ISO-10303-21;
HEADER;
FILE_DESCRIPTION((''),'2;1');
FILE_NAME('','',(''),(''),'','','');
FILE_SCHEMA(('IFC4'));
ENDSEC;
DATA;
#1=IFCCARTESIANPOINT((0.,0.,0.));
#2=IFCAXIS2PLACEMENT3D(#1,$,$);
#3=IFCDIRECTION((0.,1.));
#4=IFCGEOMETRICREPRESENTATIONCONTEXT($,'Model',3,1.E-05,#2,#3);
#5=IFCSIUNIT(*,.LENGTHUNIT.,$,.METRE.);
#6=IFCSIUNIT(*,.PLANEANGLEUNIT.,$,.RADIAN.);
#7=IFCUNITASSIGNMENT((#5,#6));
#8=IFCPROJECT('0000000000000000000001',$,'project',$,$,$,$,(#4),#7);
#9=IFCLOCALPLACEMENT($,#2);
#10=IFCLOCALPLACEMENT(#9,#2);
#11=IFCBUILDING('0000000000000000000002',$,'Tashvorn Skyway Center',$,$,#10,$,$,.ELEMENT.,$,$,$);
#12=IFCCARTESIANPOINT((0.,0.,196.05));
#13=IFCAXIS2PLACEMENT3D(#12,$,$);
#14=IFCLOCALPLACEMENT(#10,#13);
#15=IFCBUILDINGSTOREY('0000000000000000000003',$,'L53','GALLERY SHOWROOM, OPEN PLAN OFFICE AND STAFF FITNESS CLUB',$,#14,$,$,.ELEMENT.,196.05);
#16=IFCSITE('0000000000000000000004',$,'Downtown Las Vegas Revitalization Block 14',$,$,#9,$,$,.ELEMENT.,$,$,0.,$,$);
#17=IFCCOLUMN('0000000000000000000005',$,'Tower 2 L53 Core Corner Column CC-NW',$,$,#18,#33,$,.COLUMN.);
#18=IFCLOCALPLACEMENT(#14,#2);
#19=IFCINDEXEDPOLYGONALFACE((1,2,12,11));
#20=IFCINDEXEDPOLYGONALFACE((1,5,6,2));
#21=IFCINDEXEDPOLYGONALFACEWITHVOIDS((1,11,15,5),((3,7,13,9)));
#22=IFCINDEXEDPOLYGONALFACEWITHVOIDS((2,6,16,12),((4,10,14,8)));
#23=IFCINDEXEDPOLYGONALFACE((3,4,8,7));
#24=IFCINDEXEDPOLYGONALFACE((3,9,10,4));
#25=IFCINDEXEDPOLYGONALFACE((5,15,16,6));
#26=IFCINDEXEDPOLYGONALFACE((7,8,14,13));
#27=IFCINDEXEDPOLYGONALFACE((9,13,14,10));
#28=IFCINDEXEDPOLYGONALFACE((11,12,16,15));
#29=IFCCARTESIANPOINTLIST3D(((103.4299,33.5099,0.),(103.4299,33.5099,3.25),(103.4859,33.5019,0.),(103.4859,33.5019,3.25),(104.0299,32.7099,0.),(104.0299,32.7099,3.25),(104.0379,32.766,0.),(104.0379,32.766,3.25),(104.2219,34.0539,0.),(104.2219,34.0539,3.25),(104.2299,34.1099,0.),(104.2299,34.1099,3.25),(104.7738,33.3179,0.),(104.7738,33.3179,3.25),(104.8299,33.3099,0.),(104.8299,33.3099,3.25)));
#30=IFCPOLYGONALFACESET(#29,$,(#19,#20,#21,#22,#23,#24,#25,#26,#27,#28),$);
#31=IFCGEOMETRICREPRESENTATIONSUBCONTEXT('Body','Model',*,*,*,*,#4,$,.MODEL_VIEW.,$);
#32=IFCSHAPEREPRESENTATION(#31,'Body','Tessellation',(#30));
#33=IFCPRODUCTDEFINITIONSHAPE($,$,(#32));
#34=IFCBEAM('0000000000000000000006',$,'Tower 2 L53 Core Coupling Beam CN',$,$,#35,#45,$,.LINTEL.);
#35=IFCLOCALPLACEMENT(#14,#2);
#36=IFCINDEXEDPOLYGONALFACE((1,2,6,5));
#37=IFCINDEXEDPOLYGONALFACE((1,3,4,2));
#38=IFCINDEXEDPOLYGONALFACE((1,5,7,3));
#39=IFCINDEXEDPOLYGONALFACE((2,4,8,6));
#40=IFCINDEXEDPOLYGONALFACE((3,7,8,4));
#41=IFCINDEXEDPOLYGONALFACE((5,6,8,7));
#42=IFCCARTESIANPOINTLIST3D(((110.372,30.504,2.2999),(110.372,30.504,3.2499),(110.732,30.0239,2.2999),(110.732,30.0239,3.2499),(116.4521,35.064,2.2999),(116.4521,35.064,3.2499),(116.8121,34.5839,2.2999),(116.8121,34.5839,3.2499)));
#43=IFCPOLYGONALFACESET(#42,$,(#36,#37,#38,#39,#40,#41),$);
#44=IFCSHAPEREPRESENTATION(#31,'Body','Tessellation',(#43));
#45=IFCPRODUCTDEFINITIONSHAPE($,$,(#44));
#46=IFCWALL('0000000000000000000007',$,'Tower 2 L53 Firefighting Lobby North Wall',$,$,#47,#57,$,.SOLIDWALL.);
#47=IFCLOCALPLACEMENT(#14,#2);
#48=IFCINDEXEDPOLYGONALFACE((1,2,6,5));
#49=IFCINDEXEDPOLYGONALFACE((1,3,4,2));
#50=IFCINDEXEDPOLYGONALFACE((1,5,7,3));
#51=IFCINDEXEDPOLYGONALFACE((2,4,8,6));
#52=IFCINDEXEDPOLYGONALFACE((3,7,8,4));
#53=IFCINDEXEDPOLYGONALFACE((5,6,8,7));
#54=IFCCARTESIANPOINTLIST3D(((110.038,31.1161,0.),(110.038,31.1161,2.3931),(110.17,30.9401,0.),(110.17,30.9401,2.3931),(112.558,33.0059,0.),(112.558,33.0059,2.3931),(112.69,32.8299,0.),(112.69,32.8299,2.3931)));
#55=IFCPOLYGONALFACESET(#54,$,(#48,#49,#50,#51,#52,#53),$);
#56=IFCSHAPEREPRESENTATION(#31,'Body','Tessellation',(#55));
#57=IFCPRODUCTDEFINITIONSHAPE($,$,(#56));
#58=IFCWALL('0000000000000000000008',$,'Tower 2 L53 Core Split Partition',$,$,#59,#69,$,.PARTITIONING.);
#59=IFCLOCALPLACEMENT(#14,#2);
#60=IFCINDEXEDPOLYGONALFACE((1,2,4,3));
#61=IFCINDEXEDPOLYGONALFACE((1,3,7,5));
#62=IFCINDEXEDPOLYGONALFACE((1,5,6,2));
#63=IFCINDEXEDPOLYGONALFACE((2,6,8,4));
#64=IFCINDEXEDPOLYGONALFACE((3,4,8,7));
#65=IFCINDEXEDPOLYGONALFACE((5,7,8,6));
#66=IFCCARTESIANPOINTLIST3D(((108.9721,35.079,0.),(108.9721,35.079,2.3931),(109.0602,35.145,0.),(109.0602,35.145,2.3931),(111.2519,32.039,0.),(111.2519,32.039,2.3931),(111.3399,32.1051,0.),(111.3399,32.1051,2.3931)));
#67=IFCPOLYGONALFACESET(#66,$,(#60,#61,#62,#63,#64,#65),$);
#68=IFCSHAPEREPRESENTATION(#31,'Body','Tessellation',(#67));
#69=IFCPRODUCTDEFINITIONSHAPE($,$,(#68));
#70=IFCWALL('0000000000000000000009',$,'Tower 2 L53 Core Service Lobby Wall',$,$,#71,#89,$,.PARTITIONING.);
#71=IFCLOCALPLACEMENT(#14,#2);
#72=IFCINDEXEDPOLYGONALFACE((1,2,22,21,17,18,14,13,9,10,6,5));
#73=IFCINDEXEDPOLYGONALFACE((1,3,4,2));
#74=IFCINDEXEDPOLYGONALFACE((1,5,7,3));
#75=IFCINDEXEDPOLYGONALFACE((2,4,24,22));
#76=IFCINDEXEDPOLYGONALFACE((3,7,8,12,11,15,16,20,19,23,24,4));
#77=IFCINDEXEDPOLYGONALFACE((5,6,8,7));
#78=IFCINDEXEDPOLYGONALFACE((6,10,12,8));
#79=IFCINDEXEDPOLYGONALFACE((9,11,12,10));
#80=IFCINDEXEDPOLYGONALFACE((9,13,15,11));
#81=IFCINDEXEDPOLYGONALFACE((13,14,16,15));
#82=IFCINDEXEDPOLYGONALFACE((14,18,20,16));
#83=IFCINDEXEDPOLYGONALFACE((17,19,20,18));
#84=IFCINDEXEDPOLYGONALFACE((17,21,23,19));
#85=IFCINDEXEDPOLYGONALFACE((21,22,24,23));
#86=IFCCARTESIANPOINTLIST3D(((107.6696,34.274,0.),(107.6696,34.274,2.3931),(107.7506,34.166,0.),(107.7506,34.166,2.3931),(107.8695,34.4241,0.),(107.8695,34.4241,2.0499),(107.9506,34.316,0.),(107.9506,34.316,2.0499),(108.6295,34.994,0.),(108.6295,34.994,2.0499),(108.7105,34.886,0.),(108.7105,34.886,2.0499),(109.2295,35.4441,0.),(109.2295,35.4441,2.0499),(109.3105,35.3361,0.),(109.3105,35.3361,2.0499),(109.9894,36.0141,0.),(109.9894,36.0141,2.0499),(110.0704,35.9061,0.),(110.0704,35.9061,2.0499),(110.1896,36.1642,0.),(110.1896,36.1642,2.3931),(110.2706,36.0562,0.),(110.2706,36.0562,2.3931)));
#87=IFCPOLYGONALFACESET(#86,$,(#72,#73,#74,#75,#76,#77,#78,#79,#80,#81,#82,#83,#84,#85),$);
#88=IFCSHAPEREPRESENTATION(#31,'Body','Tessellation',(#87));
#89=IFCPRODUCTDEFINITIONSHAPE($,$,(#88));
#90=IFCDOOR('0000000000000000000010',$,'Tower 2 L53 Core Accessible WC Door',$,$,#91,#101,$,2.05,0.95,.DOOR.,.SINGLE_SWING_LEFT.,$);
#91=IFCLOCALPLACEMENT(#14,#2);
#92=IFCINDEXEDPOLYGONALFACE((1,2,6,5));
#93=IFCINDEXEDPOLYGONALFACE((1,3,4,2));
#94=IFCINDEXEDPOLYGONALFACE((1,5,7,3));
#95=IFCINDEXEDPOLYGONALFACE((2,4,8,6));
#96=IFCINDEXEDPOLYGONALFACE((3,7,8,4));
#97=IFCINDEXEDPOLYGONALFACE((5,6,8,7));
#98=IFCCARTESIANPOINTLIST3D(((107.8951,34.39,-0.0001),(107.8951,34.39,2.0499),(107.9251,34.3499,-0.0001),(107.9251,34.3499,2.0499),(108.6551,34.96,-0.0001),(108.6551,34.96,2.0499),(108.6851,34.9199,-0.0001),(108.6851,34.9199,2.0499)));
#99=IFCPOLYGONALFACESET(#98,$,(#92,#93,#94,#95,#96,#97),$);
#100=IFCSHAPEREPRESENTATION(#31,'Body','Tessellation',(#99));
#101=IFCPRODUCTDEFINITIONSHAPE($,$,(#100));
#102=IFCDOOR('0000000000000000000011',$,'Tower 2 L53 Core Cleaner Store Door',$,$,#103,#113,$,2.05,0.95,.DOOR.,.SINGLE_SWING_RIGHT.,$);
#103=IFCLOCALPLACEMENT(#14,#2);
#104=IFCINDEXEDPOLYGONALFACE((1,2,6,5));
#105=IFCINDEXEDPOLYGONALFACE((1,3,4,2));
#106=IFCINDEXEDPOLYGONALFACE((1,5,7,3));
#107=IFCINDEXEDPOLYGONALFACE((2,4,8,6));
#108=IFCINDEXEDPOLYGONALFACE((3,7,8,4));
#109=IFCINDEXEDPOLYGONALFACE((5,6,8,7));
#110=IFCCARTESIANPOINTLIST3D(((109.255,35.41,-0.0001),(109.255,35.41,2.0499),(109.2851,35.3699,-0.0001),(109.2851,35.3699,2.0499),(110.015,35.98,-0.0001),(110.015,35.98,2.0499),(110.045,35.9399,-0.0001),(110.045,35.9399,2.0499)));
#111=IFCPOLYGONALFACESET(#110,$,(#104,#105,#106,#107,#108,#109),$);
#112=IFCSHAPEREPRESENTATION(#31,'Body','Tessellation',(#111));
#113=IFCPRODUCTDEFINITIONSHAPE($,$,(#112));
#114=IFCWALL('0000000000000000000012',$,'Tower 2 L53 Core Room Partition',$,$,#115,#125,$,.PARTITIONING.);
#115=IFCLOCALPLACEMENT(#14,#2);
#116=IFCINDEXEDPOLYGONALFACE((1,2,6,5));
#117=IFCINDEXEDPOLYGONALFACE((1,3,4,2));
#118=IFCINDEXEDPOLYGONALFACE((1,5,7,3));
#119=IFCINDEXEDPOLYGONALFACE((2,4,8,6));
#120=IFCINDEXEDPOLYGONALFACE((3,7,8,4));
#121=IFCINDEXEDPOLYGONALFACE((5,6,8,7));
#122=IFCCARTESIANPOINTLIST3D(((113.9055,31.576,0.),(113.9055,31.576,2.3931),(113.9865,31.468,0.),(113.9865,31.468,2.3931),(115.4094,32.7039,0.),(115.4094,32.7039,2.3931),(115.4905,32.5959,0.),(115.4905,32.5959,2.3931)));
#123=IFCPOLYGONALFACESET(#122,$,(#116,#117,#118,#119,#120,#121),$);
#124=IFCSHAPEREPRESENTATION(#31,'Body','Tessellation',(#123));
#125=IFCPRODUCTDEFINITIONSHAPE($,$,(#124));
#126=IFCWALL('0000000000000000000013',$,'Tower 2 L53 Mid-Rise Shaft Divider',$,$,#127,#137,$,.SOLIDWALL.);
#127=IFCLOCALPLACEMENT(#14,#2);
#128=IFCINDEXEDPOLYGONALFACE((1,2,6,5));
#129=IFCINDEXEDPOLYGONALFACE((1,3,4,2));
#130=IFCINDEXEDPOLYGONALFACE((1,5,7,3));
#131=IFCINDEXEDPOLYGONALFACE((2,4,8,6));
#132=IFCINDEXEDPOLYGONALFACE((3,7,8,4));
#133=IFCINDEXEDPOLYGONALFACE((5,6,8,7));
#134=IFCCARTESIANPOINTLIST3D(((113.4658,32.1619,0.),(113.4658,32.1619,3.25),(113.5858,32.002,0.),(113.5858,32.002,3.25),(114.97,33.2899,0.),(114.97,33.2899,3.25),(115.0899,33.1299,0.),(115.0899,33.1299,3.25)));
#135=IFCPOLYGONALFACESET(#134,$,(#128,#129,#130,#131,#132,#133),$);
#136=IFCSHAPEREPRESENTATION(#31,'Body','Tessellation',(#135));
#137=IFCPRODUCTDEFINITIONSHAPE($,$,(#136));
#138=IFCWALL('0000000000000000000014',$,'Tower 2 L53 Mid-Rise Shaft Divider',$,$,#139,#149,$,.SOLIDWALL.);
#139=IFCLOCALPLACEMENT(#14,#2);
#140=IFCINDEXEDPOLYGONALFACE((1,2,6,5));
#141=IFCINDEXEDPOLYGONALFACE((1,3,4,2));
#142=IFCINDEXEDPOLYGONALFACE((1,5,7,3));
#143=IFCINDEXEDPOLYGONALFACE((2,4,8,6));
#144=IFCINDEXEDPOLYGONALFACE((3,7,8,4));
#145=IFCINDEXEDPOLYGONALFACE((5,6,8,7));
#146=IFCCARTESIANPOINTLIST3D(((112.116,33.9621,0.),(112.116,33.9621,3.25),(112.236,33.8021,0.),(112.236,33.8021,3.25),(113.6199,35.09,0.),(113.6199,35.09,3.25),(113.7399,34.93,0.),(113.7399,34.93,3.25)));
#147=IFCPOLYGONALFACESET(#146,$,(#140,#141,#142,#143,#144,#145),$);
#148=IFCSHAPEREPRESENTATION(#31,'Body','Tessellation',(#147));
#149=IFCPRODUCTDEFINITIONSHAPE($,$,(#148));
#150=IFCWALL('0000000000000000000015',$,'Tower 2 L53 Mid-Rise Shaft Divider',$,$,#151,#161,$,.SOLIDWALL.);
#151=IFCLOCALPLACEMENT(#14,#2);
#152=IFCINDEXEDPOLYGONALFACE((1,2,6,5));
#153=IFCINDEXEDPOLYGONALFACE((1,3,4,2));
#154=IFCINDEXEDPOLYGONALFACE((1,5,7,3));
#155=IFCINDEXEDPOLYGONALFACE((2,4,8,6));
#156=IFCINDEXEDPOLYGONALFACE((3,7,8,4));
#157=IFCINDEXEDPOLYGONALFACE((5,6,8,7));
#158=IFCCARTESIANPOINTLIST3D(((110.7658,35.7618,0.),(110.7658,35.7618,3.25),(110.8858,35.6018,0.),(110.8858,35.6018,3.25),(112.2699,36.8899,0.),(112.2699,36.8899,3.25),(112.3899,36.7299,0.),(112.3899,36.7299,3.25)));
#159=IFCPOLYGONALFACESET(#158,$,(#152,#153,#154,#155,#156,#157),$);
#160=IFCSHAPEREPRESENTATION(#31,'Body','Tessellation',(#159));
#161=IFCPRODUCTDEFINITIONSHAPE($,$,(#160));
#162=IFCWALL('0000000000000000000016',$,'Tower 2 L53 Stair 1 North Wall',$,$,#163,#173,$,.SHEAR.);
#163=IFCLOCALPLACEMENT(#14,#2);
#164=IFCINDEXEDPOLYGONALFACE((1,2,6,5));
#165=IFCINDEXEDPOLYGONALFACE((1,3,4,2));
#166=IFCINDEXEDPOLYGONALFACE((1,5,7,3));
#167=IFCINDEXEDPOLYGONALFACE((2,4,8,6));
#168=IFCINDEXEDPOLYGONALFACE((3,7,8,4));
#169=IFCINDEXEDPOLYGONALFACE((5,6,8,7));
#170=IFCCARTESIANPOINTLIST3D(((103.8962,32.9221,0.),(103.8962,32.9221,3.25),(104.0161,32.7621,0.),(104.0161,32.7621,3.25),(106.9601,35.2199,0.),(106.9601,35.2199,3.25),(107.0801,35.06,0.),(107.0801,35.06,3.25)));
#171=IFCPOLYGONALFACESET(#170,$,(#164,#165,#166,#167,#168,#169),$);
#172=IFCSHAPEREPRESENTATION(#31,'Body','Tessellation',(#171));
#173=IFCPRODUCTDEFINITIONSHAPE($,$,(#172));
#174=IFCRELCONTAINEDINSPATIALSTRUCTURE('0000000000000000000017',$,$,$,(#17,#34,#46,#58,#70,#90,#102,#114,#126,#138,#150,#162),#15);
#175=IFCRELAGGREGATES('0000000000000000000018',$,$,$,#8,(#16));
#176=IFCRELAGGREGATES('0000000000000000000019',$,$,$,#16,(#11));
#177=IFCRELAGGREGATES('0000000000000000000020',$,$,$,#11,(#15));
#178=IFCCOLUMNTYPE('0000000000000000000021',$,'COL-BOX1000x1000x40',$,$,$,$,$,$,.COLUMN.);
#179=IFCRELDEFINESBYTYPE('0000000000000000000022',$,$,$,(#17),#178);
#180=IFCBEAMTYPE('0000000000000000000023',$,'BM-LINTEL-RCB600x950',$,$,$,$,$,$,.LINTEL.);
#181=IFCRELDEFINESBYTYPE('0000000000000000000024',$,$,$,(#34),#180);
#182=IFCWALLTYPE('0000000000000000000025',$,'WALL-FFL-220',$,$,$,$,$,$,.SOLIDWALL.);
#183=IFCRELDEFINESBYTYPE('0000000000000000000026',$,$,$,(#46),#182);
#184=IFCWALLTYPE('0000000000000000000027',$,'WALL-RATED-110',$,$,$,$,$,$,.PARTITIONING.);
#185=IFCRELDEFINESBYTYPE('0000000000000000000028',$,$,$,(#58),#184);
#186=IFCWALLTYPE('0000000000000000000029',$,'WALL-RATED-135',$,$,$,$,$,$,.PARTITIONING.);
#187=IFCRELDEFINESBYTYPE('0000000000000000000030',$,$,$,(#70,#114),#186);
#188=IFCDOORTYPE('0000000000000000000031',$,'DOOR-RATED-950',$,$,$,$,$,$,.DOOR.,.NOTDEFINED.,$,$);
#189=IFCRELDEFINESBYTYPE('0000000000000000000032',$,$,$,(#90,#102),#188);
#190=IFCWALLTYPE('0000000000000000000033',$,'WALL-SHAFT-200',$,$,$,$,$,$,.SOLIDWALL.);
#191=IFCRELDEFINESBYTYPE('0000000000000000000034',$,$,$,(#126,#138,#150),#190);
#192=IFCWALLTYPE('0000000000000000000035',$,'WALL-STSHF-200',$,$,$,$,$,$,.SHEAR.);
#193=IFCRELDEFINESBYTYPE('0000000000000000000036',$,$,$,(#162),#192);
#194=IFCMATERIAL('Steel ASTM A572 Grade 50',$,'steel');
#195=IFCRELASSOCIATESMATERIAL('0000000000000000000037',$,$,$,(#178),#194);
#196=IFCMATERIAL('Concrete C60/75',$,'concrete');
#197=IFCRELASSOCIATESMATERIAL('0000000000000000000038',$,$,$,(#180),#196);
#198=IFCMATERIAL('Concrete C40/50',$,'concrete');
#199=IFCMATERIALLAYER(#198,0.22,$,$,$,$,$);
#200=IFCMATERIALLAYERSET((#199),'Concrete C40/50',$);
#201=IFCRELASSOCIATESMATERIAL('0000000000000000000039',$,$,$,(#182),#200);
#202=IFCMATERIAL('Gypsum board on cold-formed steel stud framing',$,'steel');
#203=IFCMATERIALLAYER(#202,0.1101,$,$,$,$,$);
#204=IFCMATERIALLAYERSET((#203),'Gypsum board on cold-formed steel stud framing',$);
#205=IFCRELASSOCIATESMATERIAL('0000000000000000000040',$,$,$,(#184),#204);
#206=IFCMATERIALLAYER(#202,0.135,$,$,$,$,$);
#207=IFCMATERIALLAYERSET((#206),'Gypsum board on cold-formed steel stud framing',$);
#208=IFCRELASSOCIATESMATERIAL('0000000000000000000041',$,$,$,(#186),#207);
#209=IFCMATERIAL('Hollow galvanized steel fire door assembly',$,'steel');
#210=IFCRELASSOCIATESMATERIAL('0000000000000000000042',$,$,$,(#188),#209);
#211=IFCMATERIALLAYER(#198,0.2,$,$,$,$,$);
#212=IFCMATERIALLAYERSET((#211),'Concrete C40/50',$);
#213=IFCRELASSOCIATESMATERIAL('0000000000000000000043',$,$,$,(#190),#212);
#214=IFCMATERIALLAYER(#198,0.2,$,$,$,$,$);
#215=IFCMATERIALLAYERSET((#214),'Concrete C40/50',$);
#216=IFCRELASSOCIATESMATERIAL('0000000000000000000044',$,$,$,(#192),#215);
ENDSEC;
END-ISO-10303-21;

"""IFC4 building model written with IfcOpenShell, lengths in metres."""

from ifc_helpers import new_model, si_unit, direction, frame, frame_2d, origin, origin_2d, place, context, subcontext, project, spatial, rectangle, hollow_rectangle, extrude, material, layer, layer_set, material_profile, profile_set, type_object, element, fill, save


model = new_model("IFC4")

# Units and contexts
model_context = context("Model", 3, precision=1e-05, world=origin(), true_north=direction((0.0, 1.0)))
body_context = subcontext(model_context, "Body", "Model", "MODEL_VIEW")
ifc_project = project(units=[si_unit("LENGTHUNIT", "METRE"), si_unit("PLANEANGLEUNIT", "RADIAN")], contexts=[model_context])

# Site, building, storey
site_placement = place(None, origin())
site = spatial("IfcSite", under=ifc_project, at=site_placement, Name="Downtown Las Vegas Revitalization Block 14", CompositionType="ELEMENT", RefElevation=0.0)
building_placement = place(site_placement, origin())
building = spatial("IfcBuilding", under=site, at=building_placement, Name="Tashvorn Skyway Center", CompositionType="ELEMENT")
storey_placement = place(building_placement, frame((0.0, 0.0, 196.05)))
storey = spatial("IfcBuildingStorey", under=building, at=storey_placement, Name="L53", Description="GALLERY SHOWROOM, OPEN PLAN OFFICE AND STAFF FITNESS CLUB", CompositionType="ELEMENT", Elevation=196.05)

# Column
ifc_material_1 = material(Name="Steel ASTM A572 Grade 50", Category="steel")
ifc_material_profile_1 = material_profile(ifc_material_1, hollow_rectangle(XDim=1.0, YDim=1.0, WallThickness=0.04, at=origin_2d()), Name="BOX1000x1000x40")
ifc_profile_set_1 = profile_set([ifc_material_profile_1], Name="Steel ASTM A572 Grade 50")
column_type = type_object("IfcColumnType", Name="COL-BOX1000x1000x40", PredefinedType="COLUMN", material=ifc_profile_set_1)
column_placement = place(storey_placement, frame((104.1299, 33.4099, 0.0), z_axis=(0.0, 0.0, 1.0), x_axis=(0.8, 0.6, 0.0)))
element("IfcColumn", 1, at=column_placement, inside=storey, type_object=column_type, Name="Tower 2 L53 Core Corner Column CC-NW", PredefinedType="COLUMN", context=body_context, shape_type="SweptSolid", body=[
    extrude(hollow_rectangle(XDim=1.0, YDim=1.0, WallThickness=0.04, at=origin_2d()), origin(), (0.0, 0.0, 1.0), 3.25),
])

# Beam
ifc_material_2 = material(Name="Concrete C60/75", Category="concrete")
ifc_material_profile_2 = material_profile(ifc_material_2, rectangle(XDim=0.6001, YDim=0.95, at=origin_2d()), Name="RCB600x950")
ifc_profile_set_2 = profile_set([ifc_material_profile_2], Name="Concrete C60/75")
beam_type = type_object("IfcBeamType", Name="BM-LINTEL-RCB600x950", PredefinedType="LINTEL", material=ifc_profile_set_2)
beam_placement = place(storey_placement, frame((110.552, 30.2639, 2.7749), z_axis=(0.8, 0.6, 0.0), x_axis=(-0.6, 0.8, 0.0)))
element("IfcBeam", 2, at=beam_placement, inside=storey, type_object=beam_type, Name="Tower 2 L53 Core Coupling Beam CN", PredefinedType="LINTEL", context=body_context, shape_type="SweptSolid", body=[
    extrude(rectangle(XDim=0.6001, YDim=0.95, at=origin_2d()), origin(), (0.0, 0.0, 1.0), 7.6001),
])

# Walls
ifc_material_3 = material(Name="Concrete C40/50", Category="concrete")
ifc_layer_1 = layer(ifc_material_3, 0.22)
ifc_layer_set_1 = layer_set([ifc_layer_1], Name="Concrete C40/50")
wall_type_1 = type_object("IfcWallType", Name="WALL-FFL-220", PredefinedType="SOLIDWALL", material=ifc_layer_set_1)
wall_1_placement = place(storey_placement, frame((110.104, 31.0281, 0.0), z_axis=(0.0, 0.0, 1.0), x_axis=(0.800019, 0.599975, 0.0)))
element("IfcWall", 3, at=wall_1_placement, inside=storey, type_object=wall_type_1, Name="Tower 2 L53 Firefighting Lobby North Wall", PredefinedType="SOLIDWALL", context=body_context, shape_type="SweptSolid", body=[
    extrude(rectangle(XDim=3.1499, YDim=0.22, at=frame_2d((1.575, 0.0))), origin(), (0.0, 0.0, 1.0), 2.3931),
])
ifc_material_4 = material(Name="Gypsum board on cold-formed steel stud framing", Category="steel")
ifc_layer_2 = layer(ifc_material_4, 0.1101)
ifc_layer_set_2 = layer_set([ifc_layer_2], Name="Gypsum board on cold-formed steel stud framing")
wall_type_2 = type_object("IfcWallType", Name="WALL-RATED-110", PredefinedType="PARTITIONING", material=ifc_layer_set_2)
wall_2_placement = place(storey_placement, frame((111.2959, 32.072, 0.0), z_axis=(0.0, 0.0, 1.0), x_axis=(-0.599959, 0.800031, 0.0)))
element("IfcWall", 4, at=wall_2_placement, inside=storey, type_object=wall_type_2, Name="Tower 2 L53 Core Split Partition", PredefinedType="PARTITIONING", context=body_context, shape_type="SweptSolid", body=[
    extrude(rectangle(XDim=3.7998, YDim=0.1101, at=frame_2d((1.8999, 0.0))), origin(), (0.0, 0.0, 1.0), 2.3931),
])

# Wall, openings, doors
ifc_layer_3 = layer(ifc_material_4, 0.135)
ifc_layer_set_3 = layer_set([ifc_layer_3], Name="Gypsum board on cold-formed steel stud framing")
wall_type_3 = type_object("IfcWallType", Name="WALL-RATED-135", PredefinedType="PARTITIONING", material=ifc_layer_set_3)
wall_3_placement = place(storey_placement, frame((107.71, 34.22, 0.0), z_axis=(0.0, 0.0, 1.0), x_axis=(0.799981, 0.600025, 0.0)))
wall_3 = element("IfcWall", 5, at=wall_3_placement, inside=storey, type_object=wall_type_3, Name="Tower 2 L53 Core Service Lobby Wall", PredefinedType="PARTITIONING", context=body_context, shape_type="SweptSolid", body=[
    extrude(rectangle(XDim=3.1501, YDim=0.135, at=frame_2d((1.5752, 0.0))), origin(), (0.0, 0.0, 1.0), 2.3931),
])
opening_1_placement = place(wall_3_placement, frame((0.25, 0.0, 0.0)))
opening_1 = element("IfcOpeningElement", 6, at=opening_1_placement, cuts=wall_3, PredefinedType="OPENING", context=body_context, shape_type="SweptSolid", body=[
    extrude(rectangle(XDim=0.95, YDim=2.05, at=frame_2d((0.4751, 1.0249))), frame((0.0, 0.0774, 0.0), z_axis=(0.0, -1.0, 0.0), x_axis=(1.0, 0.0, 0.0)), (0.0, 0.0, 1.0), 0.155),
])
opening_2_placement = place(wall_3_placement, frame((1.95, 0.0, 0.0)))
opening_2 = element("IfcOpeningElement", 7, at=opening_2_placement, cuts=wall_3, PredefinedType="OPENING", context=body_context, shape_type="SweptSolid", body=[
    extrude(rectangle(XDim=0.95, YDim=2.05, at=frame_2d((0.4751, 1.0249))), frame((0.0, 0.0774, 0.0), z_axis=(0.0, -1.0, 0.0), x_axis=(1.0, 0.0, 0.0)), (0.0, 0.0, 1.0), 0.155),
])
ifc_material_5 = material(Name="Hollow galvanized steel fire door assembly", Category="steel")
door_type = type_object("IfcDoorType", Name="DOOR-RATED-950", OperationType="NOTDEFINED", PredefinedType="DOOR", material=ifc_material_5)
door_1_placement = place(opening_1_placement, origin())
door_1 = element("IfcDoor", 8, at=door_1_placement, inside=storey, type_object=door_type, Name="Tower 2 L53 Core Accessible WC Door", OperationType="SINGLE_SWING_LEFT", OverallHeight=2.05, OverallWidth=0.95, PredefinedType="DOOR", context=body_context, shape_type="SweptSolid", body=[
    extrude(rectangle(XDim=0.95, YDim=2.05, at=frame_2d((0.4751, 1.0249))), frame((0.0, 0.0249, 0.0), z_axis=(0.0, -1.0, 0.0), x_axis=(1.0, 0.0, 0.0)), (0.0, 0.0, 1.0), 0.05),
])
fill(opening_1, door_1)
door_2_placement = place(opening_2_placement, origin())
door_2 = element("IfcDoor", 9, at=door_2_placement, inside=storey, type_object=door_type, Name="Tower 2 L53 Core Cleaner Store Door", OperationType="SINGLE_SWING_RIGHT", OverallHeight=2.05, OverallWidth=0.95, PredefinedType="DOOR", context=body_context, shape_type="SweptSolid", body=[
    extrude(rectangle(XDim=0.95, YDim=2.05, at=frame_2d((0.4751, 1.0249))), frame((0.0, 0.0249, 0.0), z_axis=(0.0, -1.0, 0.0), x_axis=(1.0, 0.0, 0.0)), (0.0, 0.0, 1.0), 0.05),
])
fill(opening_2, door_2)

# Walls
wall_4_placement = place(storey_placement, frame((113.946, 31.522, 0.0), z_axis=(0.0, 0.0, 1.0), x_axis=(0.8, 0.6, 0.0)))
element("IfcWall", 10, at=wall_4_placement, inside=storey, type_object=wall_type_3, Name="Tower 2 L53 Core Room Partition", PredefinedType="PARTITIONING", context=body_context, shape_type="SweptSolid", body=[
    extrude(rectangle(XDim=1.8799, YDim=0.135, at=frame_2d((0.9399, 0.0))), origin(), (0.0, 0.0, 1.0), 2.3931),
])
ifc_layer_4 = layer(ifc_material_3, 0.2)
ifc_layer_set_4 = layer_set([ifc_layer_4], Name="Concrete C40/50")
wall_type_4 = type_object("IfcWallType", Name="WALL-SHAFT-200", PredefinedType="SOLIDWALL", material=ifc_layer_set_4)
wall_5_placement = place(storey_placement, frame((113.5259, 32.082, 0.0), z_axis=(0.0, 0.0, 1.0), x_axis=(0.800047, 0.599938, 0.0)))
element("IfcWall", 11, at=wall_5_placement, inside=storey, type_object=wall_type_4, Name="Tower 2 L53 Mid-Rise Shaft Divider", PredefinedType="SOLIDWALL", context=body_context, shape_type="SweptSolid", body=[
    extrude(rectangle(XDim=1.8801, YDim=0.2, at=frame_2d((0.9399, 0.0))), origin(), (0.0, 0.0, 1.0), 3.25),
])
wall_6_placement = place(storey_placement, frame((112.176, 33.8821, 0.0), z_axis=(0.0, 0.0, 1.0), x_axis=(0.8, 0.6, 0.0)))
element("IfcWall", 12, at=wall_6_placement, inside=storey, type_object=wall_type_4, Name="Tower 2 L53 Mid-Rise Shaft Divider", PredefinedType="SOLIDWALL", context=body_context, shape_type="SweptSolid", body=[
    extrude(rectangle(XDim=1.8799, YDim=0.2, at=frame_2d((0.9399, 0.0))), origin(), (0.0, 0.0, 1.0), 3.25),
])
wall_7_placement = place(storey_placement, frame((110.8259, 35.6819, 0.0), z_axis=(0.0, 0.0, 1.0), x_axis=(0.799984, 0.600021, 0.0)))
element("IfcWall", 13, at=wall_7_placement, inside=storey, type_object=wall_type_4, Name="Tower 2 L53 Mid-Rise Shaft Divider", PredefinedType="SOLIDWALL", context=body_context, shape_type="SweptSolid", body=[
    extrude(rectangle(XDim=1.8801, YDim=0.2, at=frame_2d((0.9399, 0.0))), origin(), (0.0, 0.0, 1.0), 3.25),
])
ifc_layer_5 = layer(ifc_material_3, 0.2)
ifc_layer_set_5 = layer_set([ifc_layer_5], Name="Concrete C40/50")
wall_type_5 = type_object("IfcWallType", Name="WALL-STSHF-200", PredefinedType="SHEAR", material=ifc_layer_set_5)
wall_8_placement = place(storey_placement, frame((103.9561, 32.842, 0.0), z_axis=(0.0, 0.0, 1.0), x_axis=(0.800015, 0.59998, 0.0)))
element("IfcWall", 14, at=wall_8_placement, inside=storey, type_object=wall_type_5, Name="Tower 2 L53 Stair 1 North Wall", PredefinedType="SHEAR", context=body_context, shape_type="SweptSolid", body=[
    extrude(rectangle(XDim=3.8298, YDim=0.2, at=frame_2d((1.915, 0.0))), origin(), (0.0, 0.0, 1.0), 3.25),
])

save(model, "model.ifc")
